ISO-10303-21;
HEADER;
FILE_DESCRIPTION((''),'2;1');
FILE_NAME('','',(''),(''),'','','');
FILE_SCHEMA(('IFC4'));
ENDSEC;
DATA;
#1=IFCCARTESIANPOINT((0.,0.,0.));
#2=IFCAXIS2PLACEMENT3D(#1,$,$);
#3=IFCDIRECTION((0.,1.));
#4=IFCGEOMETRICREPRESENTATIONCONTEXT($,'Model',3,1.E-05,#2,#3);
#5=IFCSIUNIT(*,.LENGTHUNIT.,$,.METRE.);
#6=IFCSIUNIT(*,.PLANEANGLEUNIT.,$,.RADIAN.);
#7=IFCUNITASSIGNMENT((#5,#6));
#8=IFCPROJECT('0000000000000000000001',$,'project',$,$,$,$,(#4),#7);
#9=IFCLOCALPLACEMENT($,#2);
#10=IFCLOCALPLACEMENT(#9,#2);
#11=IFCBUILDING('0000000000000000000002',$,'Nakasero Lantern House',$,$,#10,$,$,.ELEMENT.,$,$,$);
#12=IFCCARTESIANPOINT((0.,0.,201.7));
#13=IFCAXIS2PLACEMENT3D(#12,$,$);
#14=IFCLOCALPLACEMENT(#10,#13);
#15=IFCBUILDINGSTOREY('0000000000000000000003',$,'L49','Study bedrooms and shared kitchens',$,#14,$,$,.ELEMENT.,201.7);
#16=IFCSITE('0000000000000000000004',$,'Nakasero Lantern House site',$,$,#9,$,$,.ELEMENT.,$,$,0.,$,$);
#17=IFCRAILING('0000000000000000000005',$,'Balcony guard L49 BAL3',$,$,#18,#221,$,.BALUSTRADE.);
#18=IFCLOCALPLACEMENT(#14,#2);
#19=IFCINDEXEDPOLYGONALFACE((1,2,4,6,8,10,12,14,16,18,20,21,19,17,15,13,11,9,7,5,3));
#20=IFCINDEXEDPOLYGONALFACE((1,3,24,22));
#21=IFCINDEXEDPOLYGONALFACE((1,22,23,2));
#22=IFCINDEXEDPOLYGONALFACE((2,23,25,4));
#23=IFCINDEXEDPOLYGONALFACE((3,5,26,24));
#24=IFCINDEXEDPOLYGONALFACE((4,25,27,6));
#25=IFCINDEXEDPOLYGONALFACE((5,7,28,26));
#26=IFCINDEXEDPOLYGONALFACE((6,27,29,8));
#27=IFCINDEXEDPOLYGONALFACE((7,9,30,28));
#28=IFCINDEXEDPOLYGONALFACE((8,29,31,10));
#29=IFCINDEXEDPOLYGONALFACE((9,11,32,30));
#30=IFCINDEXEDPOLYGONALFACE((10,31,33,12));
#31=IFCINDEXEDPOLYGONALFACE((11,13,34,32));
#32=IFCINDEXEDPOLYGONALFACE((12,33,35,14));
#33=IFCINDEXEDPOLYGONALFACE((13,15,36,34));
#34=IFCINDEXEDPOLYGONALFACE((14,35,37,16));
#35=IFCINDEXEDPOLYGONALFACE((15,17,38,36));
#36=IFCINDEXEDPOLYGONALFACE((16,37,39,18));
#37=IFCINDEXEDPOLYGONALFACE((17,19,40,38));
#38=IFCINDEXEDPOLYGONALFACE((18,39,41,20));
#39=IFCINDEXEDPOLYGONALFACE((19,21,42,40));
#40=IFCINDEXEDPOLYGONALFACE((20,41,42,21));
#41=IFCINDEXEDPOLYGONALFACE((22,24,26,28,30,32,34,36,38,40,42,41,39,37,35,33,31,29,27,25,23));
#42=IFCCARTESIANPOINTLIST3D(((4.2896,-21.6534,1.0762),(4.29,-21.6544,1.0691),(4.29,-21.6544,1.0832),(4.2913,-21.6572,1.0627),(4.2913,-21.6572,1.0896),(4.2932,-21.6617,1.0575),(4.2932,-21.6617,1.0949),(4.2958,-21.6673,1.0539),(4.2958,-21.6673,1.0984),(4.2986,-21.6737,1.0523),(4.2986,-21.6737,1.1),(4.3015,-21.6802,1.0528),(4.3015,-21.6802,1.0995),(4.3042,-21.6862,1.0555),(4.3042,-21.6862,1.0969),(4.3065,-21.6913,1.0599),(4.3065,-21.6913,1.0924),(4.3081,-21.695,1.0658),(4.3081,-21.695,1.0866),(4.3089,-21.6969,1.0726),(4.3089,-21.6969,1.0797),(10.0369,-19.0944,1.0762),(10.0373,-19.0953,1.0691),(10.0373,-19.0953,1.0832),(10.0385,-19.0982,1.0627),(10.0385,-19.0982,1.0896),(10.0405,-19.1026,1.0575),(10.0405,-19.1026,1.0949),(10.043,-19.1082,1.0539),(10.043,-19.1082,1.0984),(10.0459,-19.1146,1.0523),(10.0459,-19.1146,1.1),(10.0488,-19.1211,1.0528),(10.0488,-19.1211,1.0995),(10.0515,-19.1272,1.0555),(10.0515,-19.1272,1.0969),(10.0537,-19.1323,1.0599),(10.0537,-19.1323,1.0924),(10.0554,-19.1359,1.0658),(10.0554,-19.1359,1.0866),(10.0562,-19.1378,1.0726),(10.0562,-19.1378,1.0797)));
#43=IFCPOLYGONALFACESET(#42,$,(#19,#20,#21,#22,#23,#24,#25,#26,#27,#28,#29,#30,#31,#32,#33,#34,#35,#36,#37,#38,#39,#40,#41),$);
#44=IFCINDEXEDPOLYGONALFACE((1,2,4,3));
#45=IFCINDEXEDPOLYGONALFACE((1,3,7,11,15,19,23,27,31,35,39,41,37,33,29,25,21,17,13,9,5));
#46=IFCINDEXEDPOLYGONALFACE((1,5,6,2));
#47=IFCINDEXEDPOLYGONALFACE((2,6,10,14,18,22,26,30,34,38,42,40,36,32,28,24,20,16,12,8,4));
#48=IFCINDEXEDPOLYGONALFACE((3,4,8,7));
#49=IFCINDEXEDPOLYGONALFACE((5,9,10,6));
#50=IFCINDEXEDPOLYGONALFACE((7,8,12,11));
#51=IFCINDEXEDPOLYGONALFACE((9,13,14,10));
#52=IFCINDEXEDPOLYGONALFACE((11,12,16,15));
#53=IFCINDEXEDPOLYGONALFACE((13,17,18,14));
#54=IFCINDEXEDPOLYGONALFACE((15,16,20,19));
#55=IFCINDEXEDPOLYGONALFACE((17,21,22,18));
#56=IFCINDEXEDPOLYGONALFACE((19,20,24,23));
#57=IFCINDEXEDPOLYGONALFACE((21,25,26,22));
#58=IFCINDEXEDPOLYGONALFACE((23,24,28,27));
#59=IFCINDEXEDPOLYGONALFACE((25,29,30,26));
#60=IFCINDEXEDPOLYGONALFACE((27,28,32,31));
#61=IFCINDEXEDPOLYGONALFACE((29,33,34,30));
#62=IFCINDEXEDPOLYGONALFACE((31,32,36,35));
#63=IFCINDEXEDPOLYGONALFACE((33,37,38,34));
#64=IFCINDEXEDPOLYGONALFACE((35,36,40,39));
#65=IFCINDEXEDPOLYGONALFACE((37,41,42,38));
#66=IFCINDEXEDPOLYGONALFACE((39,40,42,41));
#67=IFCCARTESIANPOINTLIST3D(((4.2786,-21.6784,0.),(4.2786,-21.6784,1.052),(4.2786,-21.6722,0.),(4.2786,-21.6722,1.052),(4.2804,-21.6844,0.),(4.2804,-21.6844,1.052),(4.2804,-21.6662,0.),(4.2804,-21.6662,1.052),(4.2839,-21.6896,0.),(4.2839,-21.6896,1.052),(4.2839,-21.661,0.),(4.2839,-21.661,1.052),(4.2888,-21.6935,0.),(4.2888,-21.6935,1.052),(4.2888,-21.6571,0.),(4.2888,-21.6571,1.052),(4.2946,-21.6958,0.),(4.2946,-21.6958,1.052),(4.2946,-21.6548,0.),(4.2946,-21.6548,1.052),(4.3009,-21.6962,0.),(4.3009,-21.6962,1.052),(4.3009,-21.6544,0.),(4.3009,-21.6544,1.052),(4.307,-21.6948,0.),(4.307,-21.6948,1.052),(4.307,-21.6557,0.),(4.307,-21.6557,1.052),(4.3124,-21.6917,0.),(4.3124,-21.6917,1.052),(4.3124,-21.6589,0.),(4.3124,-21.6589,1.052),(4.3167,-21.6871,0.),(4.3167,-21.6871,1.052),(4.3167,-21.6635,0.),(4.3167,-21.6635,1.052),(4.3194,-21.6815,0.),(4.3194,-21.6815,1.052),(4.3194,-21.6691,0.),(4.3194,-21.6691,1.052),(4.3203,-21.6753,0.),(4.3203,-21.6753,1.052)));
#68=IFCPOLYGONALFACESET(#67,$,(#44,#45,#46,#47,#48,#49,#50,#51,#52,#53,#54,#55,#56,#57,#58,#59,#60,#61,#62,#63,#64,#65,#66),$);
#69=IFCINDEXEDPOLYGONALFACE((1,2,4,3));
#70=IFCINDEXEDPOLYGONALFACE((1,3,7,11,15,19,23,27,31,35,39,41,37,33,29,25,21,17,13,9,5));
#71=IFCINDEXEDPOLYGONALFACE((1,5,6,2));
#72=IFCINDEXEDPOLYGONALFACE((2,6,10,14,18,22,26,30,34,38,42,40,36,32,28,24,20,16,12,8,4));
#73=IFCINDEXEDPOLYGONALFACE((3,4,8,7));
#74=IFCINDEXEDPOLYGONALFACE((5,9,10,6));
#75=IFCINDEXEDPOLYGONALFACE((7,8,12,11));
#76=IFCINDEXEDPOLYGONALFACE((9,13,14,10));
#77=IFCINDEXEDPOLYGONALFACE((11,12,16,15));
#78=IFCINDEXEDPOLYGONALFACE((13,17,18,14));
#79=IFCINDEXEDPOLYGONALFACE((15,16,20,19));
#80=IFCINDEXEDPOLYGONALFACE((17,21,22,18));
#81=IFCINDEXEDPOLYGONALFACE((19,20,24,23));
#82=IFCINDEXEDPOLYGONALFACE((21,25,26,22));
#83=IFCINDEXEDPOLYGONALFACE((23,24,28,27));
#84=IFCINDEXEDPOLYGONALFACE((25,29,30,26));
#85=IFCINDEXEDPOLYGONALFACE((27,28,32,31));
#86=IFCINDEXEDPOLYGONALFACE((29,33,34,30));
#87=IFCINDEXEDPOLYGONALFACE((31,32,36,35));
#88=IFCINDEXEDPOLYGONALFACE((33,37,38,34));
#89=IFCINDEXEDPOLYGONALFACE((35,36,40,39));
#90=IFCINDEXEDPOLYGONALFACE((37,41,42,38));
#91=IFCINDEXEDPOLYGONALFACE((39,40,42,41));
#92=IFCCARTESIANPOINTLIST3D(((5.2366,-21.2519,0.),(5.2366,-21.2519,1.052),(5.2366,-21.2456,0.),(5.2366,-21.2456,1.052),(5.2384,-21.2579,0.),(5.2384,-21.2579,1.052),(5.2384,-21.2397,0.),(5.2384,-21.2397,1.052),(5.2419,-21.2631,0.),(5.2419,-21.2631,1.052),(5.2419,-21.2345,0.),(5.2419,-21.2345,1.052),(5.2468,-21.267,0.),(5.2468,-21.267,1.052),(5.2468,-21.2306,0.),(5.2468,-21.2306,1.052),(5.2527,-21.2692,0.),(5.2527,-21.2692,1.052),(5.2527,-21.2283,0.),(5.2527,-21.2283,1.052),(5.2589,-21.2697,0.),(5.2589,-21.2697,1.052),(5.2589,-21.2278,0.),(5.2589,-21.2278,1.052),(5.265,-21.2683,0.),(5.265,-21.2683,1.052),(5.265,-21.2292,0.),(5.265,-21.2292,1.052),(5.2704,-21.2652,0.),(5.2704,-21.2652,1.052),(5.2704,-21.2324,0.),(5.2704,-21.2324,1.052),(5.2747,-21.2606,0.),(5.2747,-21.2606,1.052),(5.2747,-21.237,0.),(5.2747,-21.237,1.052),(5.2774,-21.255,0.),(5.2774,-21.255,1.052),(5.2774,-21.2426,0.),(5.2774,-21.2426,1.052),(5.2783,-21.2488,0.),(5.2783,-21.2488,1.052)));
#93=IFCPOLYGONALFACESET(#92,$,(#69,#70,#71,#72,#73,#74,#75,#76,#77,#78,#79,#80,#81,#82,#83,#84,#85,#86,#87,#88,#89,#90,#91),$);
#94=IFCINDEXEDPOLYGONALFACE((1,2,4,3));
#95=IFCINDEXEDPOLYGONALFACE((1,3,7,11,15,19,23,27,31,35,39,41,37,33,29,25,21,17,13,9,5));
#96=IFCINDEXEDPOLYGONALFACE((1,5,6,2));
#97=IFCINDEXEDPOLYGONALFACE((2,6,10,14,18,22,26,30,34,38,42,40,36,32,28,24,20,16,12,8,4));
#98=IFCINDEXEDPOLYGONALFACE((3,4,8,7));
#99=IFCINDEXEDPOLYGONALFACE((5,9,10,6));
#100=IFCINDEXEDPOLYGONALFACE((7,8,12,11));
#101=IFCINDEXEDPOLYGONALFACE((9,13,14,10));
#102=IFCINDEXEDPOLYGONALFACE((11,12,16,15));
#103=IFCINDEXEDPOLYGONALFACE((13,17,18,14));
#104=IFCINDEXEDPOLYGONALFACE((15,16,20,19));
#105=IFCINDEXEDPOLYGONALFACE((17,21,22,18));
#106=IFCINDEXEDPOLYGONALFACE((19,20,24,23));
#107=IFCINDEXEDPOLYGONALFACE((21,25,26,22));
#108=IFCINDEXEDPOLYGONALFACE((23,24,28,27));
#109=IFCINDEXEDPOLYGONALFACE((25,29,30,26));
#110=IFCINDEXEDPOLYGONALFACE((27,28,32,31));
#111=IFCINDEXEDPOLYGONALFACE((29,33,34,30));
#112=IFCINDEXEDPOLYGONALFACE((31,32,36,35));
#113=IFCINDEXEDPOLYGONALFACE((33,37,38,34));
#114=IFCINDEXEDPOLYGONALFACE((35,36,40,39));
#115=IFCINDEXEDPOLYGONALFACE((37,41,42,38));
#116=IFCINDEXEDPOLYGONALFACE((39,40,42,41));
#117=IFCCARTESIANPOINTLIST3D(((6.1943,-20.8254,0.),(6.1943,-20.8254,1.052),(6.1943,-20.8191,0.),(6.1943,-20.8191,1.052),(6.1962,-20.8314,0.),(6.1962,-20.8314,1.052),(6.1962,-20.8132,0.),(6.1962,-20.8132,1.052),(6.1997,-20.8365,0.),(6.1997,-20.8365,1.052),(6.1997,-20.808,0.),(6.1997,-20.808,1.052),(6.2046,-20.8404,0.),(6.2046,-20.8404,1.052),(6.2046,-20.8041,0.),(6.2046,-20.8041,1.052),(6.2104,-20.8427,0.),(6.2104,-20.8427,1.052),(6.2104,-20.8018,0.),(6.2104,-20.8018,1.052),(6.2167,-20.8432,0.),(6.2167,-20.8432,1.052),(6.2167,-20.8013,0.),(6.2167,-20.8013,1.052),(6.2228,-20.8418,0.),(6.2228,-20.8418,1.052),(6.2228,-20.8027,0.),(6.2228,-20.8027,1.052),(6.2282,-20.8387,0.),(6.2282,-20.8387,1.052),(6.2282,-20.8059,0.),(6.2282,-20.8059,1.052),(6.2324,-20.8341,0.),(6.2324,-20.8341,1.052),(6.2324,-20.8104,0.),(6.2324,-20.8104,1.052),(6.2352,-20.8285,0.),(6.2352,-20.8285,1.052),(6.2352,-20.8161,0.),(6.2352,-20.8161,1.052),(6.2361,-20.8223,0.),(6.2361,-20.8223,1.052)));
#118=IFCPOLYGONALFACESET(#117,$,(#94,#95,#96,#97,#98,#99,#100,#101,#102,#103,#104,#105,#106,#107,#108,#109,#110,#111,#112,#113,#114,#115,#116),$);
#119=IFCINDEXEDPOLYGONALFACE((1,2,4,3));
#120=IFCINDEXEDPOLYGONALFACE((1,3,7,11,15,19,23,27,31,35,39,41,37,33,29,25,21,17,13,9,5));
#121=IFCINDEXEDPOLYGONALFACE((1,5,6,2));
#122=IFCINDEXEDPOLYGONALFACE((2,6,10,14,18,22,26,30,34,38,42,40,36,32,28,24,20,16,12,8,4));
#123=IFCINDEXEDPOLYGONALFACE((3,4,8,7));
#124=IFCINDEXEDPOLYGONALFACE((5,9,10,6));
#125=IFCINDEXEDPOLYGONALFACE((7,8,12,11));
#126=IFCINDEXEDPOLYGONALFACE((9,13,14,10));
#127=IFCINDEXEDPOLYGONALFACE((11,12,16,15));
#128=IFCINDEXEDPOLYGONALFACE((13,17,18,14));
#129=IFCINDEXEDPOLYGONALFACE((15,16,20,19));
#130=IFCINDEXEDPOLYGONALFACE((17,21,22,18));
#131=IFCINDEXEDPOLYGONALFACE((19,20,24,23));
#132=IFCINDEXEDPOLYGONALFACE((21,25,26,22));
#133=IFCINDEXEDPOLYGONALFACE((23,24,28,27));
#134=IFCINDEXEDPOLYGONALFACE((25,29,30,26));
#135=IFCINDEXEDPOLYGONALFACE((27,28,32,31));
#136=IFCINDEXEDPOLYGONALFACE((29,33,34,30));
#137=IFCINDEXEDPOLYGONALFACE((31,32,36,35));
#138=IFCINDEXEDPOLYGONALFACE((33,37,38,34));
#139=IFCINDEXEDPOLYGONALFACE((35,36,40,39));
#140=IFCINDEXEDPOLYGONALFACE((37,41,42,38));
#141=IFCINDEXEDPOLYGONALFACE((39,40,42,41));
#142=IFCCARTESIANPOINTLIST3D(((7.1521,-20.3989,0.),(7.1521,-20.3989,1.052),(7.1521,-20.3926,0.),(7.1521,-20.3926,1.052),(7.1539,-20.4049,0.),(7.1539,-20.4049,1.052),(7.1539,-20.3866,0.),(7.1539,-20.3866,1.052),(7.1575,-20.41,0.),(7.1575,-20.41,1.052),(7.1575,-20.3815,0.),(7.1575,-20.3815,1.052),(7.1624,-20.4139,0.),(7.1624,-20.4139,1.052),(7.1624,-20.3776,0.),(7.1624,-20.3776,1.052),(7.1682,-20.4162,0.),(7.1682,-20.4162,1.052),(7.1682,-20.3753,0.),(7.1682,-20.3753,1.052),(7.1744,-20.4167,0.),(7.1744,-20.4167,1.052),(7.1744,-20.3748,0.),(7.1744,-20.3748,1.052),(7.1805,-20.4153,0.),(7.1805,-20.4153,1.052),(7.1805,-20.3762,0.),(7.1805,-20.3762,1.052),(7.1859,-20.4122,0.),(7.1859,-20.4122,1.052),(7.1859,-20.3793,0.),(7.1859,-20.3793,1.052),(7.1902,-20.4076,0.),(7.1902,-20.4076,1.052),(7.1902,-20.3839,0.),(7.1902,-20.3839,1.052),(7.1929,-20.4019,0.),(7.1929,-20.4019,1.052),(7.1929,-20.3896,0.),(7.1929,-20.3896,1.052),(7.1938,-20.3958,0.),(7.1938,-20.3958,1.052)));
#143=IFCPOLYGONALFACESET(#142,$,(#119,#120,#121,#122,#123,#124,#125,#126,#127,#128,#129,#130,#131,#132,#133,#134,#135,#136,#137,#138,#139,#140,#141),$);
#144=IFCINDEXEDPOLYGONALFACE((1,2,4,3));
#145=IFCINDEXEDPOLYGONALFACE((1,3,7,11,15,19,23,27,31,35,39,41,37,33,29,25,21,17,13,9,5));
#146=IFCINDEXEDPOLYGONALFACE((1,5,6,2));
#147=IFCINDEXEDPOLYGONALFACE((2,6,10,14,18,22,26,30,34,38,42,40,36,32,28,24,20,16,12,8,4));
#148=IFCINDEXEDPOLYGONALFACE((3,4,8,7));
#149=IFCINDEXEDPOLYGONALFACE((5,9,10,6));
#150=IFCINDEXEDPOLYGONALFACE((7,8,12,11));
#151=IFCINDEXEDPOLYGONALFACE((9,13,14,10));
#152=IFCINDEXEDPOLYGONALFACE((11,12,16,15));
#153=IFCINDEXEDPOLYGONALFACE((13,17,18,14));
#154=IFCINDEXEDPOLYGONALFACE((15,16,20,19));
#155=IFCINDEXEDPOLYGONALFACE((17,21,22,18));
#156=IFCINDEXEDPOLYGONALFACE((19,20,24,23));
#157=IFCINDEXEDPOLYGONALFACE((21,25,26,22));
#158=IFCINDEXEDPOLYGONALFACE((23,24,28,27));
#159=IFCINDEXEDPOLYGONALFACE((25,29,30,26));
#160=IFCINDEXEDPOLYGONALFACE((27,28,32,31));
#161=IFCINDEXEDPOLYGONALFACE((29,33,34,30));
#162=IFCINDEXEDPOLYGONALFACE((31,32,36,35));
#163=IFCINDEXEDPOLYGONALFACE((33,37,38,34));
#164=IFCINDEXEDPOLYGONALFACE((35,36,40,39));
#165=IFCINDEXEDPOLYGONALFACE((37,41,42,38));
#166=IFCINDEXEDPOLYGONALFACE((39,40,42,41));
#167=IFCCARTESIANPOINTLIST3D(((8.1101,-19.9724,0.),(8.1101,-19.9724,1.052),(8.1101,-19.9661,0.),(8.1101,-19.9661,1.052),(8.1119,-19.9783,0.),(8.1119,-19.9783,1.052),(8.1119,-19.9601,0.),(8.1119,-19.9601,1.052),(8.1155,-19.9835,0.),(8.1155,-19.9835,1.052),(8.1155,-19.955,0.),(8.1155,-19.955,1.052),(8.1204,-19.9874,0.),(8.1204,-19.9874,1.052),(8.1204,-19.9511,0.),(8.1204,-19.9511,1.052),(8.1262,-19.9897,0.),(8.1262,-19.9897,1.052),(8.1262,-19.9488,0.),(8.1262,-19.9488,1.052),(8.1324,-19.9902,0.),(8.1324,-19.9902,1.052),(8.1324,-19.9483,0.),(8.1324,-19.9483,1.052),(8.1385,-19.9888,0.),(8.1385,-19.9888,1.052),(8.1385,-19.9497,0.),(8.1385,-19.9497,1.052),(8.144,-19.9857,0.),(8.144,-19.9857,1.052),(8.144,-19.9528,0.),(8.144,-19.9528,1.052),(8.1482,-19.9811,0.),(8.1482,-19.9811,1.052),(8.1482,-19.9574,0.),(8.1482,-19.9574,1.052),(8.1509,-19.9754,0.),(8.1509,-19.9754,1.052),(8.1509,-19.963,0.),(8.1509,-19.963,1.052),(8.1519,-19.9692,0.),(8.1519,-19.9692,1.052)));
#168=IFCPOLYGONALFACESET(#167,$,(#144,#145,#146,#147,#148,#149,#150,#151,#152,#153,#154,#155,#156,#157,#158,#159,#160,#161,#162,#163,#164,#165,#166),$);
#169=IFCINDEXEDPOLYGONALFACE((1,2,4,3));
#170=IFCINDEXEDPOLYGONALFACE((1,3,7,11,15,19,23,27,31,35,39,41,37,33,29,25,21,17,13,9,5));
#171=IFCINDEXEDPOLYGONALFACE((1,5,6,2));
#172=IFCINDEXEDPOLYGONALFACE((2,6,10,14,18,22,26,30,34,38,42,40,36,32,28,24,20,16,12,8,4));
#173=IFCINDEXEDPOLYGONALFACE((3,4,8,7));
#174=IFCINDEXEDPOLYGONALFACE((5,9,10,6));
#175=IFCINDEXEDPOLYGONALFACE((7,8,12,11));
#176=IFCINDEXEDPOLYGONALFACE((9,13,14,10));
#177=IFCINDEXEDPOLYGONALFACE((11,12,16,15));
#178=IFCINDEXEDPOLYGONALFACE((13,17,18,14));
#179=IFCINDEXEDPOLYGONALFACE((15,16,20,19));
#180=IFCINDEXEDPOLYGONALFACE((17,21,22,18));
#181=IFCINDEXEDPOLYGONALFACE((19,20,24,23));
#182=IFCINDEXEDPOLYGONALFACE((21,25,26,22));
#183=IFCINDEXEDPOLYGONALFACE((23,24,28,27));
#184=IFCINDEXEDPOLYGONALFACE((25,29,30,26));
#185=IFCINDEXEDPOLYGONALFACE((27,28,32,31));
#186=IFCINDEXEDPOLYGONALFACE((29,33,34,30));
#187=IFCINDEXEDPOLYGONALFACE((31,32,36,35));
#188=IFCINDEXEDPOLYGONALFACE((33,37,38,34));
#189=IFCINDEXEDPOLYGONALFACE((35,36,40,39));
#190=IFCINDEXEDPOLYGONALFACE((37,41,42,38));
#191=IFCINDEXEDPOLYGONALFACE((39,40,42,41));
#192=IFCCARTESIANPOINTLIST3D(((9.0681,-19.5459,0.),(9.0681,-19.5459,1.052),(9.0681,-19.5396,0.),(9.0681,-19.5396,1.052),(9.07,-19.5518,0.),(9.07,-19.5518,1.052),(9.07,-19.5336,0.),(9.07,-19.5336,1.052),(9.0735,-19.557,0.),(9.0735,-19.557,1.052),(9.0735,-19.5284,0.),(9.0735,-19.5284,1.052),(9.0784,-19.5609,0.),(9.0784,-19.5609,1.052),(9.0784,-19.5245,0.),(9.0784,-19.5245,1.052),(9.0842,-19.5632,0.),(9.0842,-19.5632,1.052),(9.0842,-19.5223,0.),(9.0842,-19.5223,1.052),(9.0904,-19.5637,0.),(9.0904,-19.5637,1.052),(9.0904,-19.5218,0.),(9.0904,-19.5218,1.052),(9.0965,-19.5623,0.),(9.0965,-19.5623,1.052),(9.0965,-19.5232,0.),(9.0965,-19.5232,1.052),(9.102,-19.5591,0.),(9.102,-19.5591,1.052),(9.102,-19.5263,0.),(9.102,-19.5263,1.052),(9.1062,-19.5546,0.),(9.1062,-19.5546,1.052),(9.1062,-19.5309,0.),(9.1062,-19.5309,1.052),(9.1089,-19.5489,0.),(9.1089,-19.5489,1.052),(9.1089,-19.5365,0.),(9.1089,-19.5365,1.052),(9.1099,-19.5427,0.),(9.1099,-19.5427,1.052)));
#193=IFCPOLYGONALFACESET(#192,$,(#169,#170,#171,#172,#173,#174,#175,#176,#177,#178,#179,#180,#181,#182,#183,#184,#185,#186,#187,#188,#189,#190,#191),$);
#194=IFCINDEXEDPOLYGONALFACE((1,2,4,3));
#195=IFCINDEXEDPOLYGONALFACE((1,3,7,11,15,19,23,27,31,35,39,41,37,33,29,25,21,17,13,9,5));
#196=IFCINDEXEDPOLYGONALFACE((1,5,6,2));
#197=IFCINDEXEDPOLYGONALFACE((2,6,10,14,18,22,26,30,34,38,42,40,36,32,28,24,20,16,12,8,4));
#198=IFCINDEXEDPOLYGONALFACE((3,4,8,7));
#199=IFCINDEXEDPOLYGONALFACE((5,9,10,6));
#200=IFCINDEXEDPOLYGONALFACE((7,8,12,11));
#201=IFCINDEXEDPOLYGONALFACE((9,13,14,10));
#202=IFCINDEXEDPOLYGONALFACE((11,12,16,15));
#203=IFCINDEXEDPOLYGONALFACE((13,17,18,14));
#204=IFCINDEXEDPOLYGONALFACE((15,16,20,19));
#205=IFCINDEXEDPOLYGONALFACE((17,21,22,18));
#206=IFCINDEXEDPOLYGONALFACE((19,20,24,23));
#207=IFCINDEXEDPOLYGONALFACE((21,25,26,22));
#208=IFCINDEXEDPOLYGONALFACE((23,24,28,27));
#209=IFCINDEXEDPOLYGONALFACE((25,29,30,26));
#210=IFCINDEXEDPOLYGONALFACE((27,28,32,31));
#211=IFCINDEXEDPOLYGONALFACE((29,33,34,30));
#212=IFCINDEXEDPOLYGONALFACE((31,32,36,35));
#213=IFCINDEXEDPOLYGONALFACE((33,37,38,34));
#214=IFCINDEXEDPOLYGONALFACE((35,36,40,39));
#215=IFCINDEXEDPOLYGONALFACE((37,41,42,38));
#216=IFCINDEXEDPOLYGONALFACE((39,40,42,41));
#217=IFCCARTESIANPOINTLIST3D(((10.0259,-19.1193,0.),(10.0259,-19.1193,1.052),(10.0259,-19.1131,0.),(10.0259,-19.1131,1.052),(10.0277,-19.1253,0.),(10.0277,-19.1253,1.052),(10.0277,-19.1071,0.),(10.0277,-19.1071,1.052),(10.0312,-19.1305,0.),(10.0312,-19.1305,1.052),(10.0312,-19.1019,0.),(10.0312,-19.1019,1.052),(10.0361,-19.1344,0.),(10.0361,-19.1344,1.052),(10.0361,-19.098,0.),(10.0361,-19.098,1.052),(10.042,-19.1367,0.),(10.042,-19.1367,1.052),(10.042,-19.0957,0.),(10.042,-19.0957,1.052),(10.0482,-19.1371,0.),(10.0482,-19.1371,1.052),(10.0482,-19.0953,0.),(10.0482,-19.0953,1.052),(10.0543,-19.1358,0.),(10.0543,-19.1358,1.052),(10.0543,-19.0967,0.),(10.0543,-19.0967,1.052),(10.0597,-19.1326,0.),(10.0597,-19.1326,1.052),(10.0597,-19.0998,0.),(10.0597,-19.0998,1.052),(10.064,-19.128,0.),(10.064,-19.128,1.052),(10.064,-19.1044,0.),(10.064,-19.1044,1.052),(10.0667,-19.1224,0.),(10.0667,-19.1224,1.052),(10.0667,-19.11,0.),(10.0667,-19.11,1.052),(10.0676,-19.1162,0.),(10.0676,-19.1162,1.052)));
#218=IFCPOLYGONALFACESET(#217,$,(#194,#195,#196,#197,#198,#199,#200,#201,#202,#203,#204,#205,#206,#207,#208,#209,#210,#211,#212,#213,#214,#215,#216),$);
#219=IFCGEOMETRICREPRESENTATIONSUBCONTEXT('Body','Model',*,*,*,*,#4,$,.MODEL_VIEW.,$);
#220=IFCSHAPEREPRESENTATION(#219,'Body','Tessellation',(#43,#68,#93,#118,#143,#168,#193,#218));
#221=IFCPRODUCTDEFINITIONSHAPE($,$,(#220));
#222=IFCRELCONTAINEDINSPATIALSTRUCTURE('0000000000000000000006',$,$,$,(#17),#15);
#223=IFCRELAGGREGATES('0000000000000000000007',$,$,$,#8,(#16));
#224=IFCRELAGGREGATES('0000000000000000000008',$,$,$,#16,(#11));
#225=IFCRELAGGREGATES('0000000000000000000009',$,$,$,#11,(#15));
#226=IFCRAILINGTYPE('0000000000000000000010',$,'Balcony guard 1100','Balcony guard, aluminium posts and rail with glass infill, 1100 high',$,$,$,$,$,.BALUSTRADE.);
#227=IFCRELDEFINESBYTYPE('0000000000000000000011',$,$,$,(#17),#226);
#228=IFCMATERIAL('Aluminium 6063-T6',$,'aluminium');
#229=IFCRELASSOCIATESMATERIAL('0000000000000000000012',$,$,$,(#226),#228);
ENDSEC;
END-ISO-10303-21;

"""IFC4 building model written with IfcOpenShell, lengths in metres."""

from ifc_helpers import new_model, si_unit, direction, frame, origin, origin_2d, place, context, subcontext, project, spatial, circle, extrude, material, type_object, element, save


model = new_model("IFC4")

# Units and contexts
model_context = context("Model", 3, precision=1e-05, world=origin(), true_north=direction((0.0, 1.0)))
body_context = subcontext(model_context, "Body", "Model", "MODEL_VIEW")
ifc_project = project(units=[si_unit("LENGTHUNIT", "METRE"), si_unit("PLANEANGLEUNIT", "RADIAN")], contexts=[model_context])

# Site, building, storey
site_placement = place(None, origin())
site = spatial("IfcSite", under=ifc_project, at=site_placement, Name="Nakasero Lantern House site", CompositionType="ELEMENT", RefElevation=0.0)
building_placement = place(site_placement, origin())
building = spatial("IfcBuilding", under=site, at=building_placement, Name="Nakasero Lantern House", CompositionType="ELEMENT")
storey_placement = place(building_placement, frame((0.0, 0.0, 201.7)))
storey = spatial("IfcBuildingStorey", under=building, at=storey_placement, Name="L49", Description="Study bedrooms and shared kitchens", CompositionType="ELEMENT", Elevation=201.7)

# Railing
ifc_material_1 = material(Name="Aluminium 6063-T6", Category="aluminium")
railing_type = type_object("IfcRailingType", Name="Balcony guard 1100", Description="Balcony guard, aluminium posts and rail with glass infill, 1100 high", PredefinedType="BALUSTRADE", material=ifc_material_1)
railing_placement = place(storey_placement, frame((4.2993, -21.6753, 0.0)))
element("IfcRailing", 1, at=railing_placement, inside=storey, type_object=railing_type, Name="Balcony guard L49 BAL3", PredefinedType="BALUSTRADE", context=body_context, shape_type="SweptSolid", body=[
    extrude(circle(Radius=0.0239, at=origin_2d()), frame((0.0, 0.0, 1.0762), z_axis=(0.913533, 0.406765, 0.0), x_axis=(-0.406765, 0.913533, 0.0)), (0.0, 0.0, 1.0), 6.2913),
    extrude(circle(Radius=0.021, at=origin_2d()), origin(), (0.0, 0.0, 1.0), 1.052),
    extrude(circle(Radius=0.021, at=origin_2d()), frame((0.958, 0.4265, 0.0)), (0.0, 0.0, 1.0), 1.052),
    extrude(circle(Radius=0.021, at=origin_2d()), frame((1.9158, 0.853, 0.0)), (0.0, 0.0, 1.0), 1.052),
    extrude(circle(Radius=0.021, at=origin_2d()), frame((2.8735, 1.2795, 0.0)), (0.0, 0.0, 1.0), 1.052),
    extrude(circle(Radius=0.021, at=origin_2d()), frame((3.8315, 1.7061, 0.0)), (0.0, 0.0, 1.0), 1.052),
    extrude(circle(Radius=0.021, at=origin_2d()), frame((4.7896, 2.1326, 0.0)), (0.0, 0.0, 1.0), 1.052),
    extrude(circle(Radius=0.021, at=origin_2d()), frame((5.7473, 2.5591, 0.0)), (0.0, 0.0, 1.0), 1.052),
])

save(model, "model.ifc")
